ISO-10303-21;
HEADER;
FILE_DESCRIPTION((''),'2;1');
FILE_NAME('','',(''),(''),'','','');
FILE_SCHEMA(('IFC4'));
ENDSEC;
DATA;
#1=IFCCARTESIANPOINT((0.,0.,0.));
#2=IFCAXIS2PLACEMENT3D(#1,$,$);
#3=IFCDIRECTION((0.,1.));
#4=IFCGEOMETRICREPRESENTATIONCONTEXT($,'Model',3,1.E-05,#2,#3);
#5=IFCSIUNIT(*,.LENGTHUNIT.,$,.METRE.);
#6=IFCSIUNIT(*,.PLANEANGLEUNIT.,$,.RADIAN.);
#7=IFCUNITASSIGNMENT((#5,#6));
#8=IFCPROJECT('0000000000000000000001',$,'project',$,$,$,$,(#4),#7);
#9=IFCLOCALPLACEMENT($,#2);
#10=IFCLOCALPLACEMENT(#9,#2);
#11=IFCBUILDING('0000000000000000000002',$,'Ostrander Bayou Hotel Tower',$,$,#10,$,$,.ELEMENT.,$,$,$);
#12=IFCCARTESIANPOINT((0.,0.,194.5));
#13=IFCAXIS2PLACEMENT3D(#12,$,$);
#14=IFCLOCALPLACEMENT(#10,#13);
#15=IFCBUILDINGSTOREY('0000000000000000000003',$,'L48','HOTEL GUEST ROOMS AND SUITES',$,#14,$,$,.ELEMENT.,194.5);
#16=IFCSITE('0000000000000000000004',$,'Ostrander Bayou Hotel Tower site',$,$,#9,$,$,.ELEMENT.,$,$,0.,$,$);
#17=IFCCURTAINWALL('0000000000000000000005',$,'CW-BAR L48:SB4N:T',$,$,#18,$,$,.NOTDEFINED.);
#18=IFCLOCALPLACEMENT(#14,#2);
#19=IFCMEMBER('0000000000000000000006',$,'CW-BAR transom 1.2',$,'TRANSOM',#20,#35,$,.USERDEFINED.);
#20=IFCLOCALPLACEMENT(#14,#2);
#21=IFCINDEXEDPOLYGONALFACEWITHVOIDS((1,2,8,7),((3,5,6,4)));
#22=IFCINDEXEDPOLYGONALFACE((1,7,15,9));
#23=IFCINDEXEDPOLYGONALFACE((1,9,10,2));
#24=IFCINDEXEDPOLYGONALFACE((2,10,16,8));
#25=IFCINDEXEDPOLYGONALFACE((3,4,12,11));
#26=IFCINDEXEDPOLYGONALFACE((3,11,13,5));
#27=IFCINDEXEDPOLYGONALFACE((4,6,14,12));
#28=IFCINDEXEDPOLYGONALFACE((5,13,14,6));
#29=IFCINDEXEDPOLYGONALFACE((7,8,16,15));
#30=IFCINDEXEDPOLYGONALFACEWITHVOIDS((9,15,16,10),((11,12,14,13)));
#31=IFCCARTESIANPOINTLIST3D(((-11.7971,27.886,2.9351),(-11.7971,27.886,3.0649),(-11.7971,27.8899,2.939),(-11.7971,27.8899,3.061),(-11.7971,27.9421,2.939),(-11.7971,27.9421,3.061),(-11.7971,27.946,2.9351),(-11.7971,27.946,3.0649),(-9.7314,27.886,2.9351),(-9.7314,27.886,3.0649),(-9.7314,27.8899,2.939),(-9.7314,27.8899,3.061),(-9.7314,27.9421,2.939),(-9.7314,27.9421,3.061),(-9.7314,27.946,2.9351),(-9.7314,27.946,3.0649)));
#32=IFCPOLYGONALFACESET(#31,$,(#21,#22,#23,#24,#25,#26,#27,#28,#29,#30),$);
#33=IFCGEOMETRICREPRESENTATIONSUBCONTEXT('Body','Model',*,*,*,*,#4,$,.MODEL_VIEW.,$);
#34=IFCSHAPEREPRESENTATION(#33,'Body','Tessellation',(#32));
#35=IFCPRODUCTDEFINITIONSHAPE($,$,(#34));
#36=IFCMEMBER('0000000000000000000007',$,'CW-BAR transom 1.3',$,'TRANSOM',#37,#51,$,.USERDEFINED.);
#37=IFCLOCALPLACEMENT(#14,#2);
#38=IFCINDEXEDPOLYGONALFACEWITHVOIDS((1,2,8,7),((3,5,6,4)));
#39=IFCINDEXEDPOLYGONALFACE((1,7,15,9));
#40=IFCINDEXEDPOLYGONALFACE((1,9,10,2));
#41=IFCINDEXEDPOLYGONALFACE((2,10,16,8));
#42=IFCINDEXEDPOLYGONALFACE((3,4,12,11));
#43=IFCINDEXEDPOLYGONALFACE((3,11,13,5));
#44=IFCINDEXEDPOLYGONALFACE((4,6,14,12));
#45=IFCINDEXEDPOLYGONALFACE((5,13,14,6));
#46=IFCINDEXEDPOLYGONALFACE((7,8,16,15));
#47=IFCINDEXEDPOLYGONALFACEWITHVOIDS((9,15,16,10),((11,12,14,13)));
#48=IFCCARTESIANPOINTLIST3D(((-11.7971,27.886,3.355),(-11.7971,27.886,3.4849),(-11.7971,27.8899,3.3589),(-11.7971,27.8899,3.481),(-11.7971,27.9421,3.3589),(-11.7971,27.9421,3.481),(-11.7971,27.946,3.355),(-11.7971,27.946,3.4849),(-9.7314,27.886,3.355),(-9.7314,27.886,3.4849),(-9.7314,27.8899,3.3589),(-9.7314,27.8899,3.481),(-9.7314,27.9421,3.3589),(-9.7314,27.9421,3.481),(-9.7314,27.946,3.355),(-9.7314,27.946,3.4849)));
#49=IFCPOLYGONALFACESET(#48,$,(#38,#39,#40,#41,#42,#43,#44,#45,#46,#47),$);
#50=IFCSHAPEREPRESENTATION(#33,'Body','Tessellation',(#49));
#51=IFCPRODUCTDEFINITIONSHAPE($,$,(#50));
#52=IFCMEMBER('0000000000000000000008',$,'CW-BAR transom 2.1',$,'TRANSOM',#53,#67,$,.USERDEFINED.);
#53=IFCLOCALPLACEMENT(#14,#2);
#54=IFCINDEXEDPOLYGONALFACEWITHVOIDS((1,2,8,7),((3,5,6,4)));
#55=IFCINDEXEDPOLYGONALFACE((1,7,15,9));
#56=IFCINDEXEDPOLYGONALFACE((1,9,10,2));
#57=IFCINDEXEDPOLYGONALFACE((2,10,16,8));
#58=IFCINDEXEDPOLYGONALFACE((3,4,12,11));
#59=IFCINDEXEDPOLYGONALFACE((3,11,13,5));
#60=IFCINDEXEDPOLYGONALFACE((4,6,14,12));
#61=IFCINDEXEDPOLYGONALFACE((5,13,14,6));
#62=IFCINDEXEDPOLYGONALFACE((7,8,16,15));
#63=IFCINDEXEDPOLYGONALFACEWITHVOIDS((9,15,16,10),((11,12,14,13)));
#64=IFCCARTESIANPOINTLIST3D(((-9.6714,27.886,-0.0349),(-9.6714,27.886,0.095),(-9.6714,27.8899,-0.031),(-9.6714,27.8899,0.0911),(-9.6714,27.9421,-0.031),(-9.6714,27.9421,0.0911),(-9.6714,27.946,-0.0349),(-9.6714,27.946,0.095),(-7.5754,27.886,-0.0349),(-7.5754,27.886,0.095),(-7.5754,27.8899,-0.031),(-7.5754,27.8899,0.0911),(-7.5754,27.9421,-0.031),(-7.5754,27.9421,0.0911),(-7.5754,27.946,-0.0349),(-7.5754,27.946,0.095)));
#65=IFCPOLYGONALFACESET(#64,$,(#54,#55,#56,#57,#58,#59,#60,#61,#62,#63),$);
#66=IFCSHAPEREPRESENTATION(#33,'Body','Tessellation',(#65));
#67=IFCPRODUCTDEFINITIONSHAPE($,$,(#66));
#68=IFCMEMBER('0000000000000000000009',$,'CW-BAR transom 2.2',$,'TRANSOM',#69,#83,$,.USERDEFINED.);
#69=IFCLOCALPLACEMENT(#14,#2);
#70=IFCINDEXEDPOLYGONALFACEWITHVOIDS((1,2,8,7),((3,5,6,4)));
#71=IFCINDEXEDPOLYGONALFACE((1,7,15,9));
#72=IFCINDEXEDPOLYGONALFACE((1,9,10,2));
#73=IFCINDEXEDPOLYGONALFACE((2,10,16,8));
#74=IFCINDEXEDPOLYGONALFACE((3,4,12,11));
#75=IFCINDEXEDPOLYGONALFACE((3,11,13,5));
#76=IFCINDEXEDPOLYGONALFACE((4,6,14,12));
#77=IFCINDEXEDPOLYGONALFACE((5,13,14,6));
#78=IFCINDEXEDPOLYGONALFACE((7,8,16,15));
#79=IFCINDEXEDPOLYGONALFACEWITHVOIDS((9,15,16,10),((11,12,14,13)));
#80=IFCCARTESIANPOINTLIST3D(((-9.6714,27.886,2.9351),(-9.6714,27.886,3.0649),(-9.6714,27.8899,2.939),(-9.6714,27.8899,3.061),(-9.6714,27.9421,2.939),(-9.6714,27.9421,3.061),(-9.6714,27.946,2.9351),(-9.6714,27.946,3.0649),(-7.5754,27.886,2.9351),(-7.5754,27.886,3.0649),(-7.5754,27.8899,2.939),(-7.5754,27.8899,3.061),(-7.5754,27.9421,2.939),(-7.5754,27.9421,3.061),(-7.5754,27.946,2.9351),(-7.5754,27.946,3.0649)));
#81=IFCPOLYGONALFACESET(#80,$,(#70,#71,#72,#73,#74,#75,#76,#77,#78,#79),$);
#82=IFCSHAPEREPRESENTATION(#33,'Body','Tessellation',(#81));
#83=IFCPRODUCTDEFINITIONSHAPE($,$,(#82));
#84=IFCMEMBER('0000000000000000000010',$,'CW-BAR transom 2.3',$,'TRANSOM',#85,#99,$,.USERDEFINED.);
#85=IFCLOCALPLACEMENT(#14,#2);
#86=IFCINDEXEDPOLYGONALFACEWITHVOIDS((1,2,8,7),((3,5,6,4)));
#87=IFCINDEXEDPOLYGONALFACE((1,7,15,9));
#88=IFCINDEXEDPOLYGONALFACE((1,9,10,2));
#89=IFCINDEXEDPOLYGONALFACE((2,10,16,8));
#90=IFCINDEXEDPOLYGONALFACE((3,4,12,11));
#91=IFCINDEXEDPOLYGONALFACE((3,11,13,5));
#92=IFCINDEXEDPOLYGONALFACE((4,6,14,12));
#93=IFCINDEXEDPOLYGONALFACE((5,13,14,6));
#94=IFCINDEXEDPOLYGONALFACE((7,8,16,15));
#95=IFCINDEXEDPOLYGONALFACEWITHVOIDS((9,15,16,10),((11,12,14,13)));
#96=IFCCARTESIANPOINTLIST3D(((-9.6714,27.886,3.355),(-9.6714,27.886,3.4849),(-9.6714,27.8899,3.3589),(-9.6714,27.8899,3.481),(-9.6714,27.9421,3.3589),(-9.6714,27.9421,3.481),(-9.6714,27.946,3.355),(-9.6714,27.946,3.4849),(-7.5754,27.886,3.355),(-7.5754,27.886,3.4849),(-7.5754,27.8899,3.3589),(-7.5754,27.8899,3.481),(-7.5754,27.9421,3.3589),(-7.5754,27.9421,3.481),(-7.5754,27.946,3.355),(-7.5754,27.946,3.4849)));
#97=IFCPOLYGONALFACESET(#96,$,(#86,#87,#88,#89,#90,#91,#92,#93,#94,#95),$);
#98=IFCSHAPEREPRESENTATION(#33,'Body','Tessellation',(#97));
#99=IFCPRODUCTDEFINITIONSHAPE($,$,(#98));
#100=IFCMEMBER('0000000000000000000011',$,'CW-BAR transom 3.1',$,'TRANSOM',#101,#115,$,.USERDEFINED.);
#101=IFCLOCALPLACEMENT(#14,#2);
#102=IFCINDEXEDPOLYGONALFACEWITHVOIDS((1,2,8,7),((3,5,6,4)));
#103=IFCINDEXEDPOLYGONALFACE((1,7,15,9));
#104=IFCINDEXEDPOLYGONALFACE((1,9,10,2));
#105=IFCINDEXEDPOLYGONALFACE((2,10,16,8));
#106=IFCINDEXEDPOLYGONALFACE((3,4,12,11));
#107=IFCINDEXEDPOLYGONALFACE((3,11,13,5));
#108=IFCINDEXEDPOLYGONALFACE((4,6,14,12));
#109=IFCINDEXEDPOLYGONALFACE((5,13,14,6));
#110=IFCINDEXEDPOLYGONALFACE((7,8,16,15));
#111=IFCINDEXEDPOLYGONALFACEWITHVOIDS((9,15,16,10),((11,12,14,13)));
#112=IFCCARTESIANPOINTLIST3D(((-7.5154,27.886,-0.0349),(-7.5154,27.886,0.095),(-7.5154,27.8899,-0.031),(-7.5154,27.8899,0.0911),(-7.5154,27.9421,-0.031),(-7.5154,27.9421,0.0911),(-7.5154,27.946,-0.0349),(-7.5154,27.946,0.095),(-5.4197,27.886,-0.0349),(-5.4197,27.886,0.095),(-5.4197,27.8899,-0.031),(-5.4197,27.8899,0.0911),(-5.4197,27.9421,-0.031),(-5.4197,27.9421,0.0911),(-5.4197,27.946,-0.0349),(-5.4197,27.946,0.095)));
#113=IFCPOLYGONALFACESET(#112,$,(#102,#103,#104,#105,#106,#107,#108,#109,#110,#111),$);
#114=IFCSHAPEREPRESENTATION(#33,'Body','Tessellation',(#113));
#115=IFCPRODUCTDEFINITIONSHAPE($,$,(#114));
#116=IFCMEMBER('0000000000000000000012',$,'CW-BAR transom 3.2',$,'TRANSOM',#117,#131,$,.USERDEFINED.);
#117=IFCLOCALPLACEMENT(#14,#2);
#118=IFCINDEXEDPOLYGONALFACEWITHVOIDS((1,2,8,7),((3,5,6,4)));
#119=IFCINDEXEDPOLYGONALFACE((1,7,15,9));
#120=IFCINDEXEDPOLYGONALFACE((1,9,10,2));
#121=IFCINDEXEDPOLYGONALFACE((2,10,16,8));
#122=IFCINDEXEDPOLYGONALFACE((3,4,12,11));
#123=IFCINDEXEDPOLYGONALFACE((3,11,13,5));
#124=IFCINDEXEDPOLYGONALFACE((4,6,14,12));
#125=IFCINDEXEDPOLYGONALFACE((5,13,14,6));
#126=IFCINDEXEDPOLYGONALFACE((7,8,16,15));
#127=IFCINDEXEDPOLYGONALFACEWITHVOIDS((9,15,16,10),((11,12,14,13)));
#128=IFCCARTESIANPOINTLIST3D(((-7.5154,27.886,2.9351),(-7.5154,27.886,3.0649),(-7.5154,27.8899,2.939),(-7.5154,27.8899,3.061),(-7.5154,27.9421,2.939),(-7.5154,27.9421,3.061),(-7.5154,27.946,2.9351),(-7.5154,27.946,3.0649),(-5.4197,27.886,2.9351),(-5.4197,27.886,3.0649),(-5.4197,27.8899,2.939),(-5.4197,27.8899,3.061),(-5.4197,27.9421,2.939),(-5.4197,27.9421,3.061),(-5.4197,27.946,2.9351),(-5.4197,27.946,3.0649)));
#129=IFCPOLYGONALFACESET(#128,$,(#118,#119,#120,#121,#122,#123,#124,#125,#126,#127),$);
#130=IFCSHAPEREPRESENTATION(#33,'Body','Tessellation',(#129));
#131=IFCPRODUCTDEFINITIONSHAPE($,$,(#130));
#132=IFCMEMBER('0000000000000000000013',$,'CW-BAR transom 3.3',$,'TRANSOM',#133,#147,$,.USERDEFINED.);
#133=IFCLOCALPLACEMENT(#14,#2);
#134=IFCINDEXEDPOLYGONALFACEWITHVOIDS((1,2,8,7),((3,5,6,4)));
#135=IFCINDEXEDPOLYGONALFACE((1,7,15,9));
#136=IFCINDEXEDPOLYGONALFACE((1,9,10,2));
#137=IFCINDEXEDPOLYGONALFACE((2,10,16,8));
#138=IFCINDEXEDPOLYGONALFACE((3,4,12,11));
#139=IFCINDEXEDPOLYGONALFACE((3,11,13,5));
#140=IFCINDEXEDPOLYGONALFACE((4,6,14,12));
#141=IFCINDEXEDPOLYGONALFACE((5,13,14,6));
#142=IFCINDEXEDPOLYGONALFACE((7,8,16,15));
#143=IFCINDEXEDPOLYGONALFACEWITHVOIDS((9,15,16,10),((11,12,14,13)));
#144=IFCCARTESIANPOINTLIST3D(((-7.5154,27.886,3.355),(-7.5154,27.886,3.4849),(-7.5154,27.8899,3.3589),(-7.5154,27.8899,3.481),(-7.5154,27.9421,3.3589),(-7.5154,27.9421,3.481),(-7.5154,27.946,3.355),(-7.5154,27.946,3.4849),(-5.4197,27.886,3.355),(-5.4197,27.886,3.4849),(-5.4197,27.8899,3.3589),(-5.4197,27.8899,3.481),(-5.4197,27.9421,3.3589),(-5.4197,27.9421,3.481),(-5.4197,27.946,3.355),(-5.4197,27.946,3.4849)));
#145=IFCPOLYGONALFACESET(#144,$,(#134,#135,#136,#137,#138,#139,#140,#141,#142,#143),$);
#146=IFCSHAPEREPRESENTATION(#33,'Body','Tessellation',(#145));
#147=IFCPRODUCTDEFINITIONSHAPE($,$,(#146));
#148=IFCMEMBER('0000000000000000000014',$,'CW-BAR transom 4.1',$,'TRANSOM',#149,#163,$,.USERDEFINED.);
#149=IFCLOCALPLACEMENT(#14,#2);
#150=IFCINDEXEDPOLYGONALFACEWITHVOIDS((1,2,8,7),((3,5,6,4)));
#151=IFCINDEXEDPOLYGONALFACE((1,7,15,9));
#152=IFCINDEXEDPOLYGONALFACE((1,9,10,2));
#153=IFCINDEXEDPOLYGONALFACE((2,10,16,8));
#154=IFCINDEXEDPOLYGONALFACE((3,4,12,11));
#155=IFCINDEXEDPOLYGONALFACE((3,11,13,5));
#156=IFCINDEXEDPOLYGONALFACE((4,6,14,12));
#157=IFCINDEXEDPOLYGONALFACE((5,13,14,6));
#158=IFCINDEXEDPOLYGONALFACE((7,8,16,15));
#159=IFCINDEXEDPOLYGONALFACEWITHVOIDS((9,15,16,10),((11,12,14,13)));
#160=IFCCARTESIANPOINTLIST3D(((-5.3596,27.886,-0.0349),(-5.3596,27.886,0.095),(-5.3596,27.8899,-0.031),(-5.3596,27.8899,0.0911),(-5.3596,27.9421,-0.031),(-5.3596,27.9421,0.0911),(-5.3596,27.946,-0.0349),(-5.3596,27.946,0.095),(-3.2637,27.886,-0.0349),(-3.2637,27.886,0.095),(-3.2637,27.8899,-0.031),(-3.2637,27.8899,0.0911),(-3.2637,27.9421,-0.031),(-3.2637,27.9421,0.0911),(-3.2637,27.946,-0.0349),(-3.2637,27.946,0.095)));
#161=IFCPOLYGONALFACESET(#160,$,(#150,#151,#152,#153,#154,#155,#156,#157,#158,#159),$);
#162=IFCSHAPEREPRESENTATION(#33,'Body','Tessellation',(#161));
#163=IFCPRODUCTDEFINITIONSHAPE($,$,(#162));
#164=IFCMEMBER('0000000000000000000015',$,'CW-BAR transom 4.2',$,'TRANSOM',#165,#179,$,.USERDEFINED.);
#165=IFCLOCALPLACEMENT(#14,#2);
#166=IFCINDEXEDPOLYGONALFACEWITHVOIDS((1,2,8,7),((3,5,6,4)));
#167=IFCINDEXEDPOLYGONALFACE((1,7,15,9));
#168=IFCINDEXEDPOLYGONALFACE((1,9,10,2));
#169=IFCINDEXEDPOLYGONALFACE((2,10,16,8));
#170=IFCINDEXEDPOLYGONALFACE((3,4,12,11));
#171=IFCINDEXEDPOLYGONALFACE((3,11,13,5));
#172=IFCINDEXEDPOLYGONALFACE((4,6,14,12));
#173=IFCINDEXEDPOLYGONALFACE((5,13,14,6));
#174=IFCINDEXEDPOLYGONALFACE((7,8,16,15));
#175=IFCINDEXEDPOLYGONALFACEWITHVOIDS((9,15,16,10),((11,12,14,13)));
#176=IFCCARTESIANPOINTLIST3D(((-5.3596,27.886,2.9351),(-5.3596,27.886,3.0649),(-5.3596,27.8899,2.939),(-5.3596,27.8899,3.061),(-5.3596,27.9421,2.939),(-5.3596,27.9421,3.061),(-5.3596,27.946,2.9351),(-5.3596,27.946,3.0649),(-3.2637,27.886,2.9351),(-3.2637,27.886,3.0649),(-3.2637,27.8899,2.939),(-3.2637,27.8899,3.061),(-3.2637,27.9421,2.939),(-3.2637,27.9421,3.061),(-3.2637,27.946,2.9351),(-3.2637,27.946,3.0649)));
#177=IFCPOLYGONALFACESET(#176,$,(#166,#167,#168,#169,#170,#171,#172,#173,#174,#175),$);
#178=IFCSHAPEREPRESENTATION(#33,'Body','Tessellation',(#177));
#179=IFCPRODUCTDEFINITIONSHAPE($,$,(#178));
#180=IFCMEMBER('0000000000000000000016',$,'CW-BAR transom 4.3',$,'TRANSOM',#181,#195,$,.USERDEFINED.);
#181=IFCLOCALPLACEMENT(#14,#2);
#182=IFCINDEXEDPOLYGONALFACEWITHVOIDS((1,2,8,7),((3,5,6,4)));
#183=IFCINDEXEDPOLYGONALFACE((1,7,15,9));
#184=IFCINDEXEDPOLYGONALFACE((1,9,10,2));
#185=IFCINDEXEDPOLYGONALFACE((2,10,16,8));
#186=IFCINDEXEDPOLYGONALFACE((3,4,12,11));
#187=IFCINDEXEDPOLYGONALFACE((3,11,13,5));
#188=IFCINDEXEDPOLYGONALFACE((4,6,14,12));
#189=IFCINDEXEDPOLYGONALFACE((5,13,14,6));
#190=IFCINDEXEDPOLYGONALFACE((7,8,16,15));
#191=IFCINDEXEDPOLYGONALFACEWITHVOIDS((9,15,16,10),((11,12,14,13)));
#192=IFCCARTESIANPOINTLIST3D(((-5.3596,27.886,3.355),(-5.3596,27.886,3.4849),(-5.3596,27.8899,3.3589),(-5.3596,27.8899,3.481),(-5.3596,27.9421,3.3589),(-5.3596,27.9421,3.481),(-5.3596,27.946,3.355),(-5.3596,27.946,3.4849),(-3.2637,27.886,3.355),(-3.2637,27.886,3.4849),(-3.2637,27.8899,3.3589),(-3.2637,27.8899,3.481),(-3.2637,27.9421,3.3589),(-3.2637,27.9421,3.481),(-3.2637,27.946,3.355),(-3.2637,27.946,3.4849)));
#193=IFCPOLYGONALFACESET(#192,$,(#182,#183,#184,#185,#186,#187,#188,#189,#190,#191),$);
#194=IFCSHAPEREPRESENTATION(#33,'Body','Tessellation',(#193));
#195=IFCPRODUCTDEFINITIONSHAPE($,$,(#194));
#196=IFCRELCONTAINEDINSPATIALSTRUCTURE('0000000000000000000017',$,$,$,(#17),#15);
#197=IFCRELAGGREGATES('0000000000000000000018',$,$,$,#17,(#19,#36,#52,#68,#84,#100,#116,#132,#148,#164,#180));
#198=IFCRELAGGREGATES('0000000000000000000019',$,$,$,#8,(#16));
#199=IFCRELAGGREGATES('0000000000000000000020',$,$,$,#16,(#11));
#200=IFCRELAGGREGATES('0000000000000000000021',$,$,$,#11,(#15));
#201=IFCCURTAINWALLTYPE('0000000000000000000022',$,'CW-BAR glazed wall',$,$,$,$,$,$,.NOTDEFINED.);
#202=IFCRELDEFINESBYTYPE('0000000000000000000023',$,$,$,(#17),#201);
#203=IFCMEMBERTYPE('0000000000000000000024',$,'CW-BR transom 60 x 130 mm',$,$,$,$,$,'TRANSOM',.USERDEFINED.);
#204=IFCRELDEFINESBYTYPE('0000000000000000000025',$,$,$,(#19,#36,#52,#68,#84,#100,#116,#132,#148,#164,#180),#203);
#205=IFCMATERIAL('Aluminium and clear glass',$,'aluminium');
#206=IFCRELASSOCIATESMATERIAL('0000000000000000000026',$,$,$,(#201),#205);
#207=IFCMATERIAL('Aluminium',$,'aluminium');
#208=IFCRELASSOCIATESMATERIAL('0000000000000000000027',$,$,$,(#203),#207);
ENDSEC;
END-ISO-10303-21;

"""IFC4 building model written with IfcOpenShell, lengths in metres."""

from ifc_helpers import new_model, si_unit, direction, frame, origin, origin_2d, place, context, subcontext, project, spatial, hollow_rectangle, extrude, material, material_profile, profile_set, type_object, element, aggregate, save


model = new_model("IFC4")

# Units and contexts
model_context = context("Model", 3, precision=1e-05, world=origin(), true_north=direction((0.0, 1.0)))
body_context = subcontext(model_context, "Body", "Model", "MODEL_VIEW")
ifc_project = project(units=[si_unit("LENGTHUNIT", "METRE"), si_unit("PLANEANGLEUNIT", "RADIAN")], contexts=[model_context])

# Site, building, storey
site_placement = place(None, origin())
site = spatial("IfcSite", under=ifc_project, at=site_placement, Name="Ostrander Bayou Hotel Tower site", CompositionType="ELEMENT", RefElevation=0.0)
building_placement = place(site_placement, origin())
building = spatial("IfcBuilding", under=site, at=building_placement, Name="Ostrander Bayou Hotel Tower", CompositionType="ELEMENT")
storey_placement = place(building_placement, frame((0.0, 0.0, 194.5)))
storey = spatial("IfcBuildingStorey", under=building, at=storey_placement, Name="L48", Description="HOTEL GUEST ROOMS AND SUITES", CompositionType="ELEMENT", Elevation=194.5)

# Curtain wall, members
ifc_material_1 = material(Name="Aluminium and clear glass", Category="aluminium")
curtain_wall_type = type_object("IfcCurtainWallType", Name="CW-BAR glazed wall", PredefinedType="NOTDEFINED", material=ifc_material_1)
curtain_wall_placement = place(storey_placement, origin())
curtain_wall = element("IfcCurtainWall", 1, at=curtain_wall_placement, inside=storey, type_object=curtain_wall_type, Name="CW-BAR L48:SB4N:T", PredefinedType="NOTDEFINED")
ifc_material_2 = material(Name="Aluminium", Category="aluminium")
ifc_material_profile_1 = material_profile(ifc_material_2, hollow_rectangle(XDim=0.0601, YDim=0.1299, WallThickness=0.0039, at=origin_2d()))
ifc_profile_set_1 = profile_set([ifc_material_profile_1], Name="Aluminium")
member_type_1 = type_object("IfcMemberType", Name="CW-BR transom 60 x 130 mm", ElementType="TRANSOM", PredefinedType="USERDEFINED", material=ifc_profile_set_1)
member_1_placement = place(storey_placement, frame((-11.7971, 27.916, 3.0), z_axis=(1.0, 0.0, 0.0), x_axis=(0.0, 1.0, 0.0)))
member_1 = element("IfcMember", 2, at=member_1_placement, type_object=member_type_1, Name="CW-BAR transom 1.2", ObjectType="TRANSOM", PredefinedType="USERDEFINED", context=body_context, shape_type="SweptSolid", body=[
    extrude(hollow_rectangle(XDim=0.0601, YDim=0.1299, WallThickness=0.0039, at=origin_2d()), origin(), (0.0, 0.0, 1.0), 2.0657),
])
member_2_placement = place(storey_placement, frame((-11.7971, 27.916, 3.4199), z_axis=(1.0, 0.0, 0.0), x_axis=(0.0, 1.0, 0.0)))
member_2 = element("IfcMember", 3, at=member_2_placement, type_object=member_type_1, Name="CW-BAR transom 1.3", ObjectType="TRANSOM", PredefinedType="USERDEFINED", context=body_context, shape_type="SweptSolid", body=[
    extrude(hollow_rectangle(XDim=0.0601, YDim=0.1299, WallThickness=0.0039, at=origin_2d()), origin(), (0.0, 0.0, 1.0), 2.0657),
])
member_3_placement = place(storey_placement, frame((-9.6714, 27.916, 0.03), z_axis=(1.0, 0.0, 0.0), x_axis=(0.0, 1.0, 0.0)))
member_3 = element("IfcMember", 4, at=member_3_placement, type_object=member_type_1, Name="CW-BAR transom 2.1", ObjectType="TRANSOM", PredefinedType="USERDEFINED", context=body_context, shape_type="SweptSolid", body=[
    extrude(hollow_rectangle(XDim=0.0601, YDim=0.1299, WallThickness=0.0039, at=origin_2d()), origin(), (0.0, 0.0, 1.0), 2.0959),
])
member_4_placement = place(storey_placement, frame((-9.6714, 27.916, 3.0), z_axis=(1.0, 0.0, 0.0), x_axis=(0.0, 1.0, 0.0)))
member_4 = element("IfcMember", 5, at=member_4_placement, type_object=member_type_1, Name="CW-BAR transom 2.2", ObjectType="TRANSOM", PredefinedType="USERDEFINED", context=body_context, shape_type="SweptSolid", body=[
    extrude(hollow_rectangle(XDim=0.0601, YDim=0.1299, WallThickness=0.0039, at=origin_2d()), origin(), (0.0, 0.0, 1.0), 2.0959),
])
member_5_placement = place(storey_placement, frame((-9.6714, 27.916, 3.4199), z_axis=(1.0, 0.0, 0.0), x_axis=(0.0, 1.0, 0.0)))
member_5 = element("IfcMember", 6, at=member_5_placement, type_object=member_type_1, Name="CW-BAR transom 2.3", ObjectType="TRANSOM", PredefinedType="USERDEFINED", context=body_context, shape_type="SweptSolid", body=[
    extrude(hollow_rectangle(XDim=0.0601, YDim=0.1299, WallThickness=0.0039, at=origin_2d()), origin(), (0.0, 0.0, 1.0), 2.0959),
])
member_6_placement = place(storey_placement, frame((-7.5154, 27.916, 0.03), z_axis=(1.0, 0.0, 0.0), x_axis=(0.0, 1.0, 0.0)))
member_6 = element("IfcMember", 7, at=member_6_placement, type_object=member_type_1, Name="CW-BAR transom 3.1", ObjectType="TRANSOM", PredefinedType="USERDEFINED", context=body_context, shape_type="SweptSolid", body=[
    extrude(hollow_rectangle(XDim=0.0601, YDim=0.1299, WallThickness=0.0039, at=origin_2d()), origin(), (0.0, 0.0, 1.0), 2.0957),
])
member_7_placement = place(storey_placement, frame((-7.5154, 27.916, 3.0), z_axis=(1.0, 0.0, 0.0), x_axis=(0.0, 1.0, 0.0)))
member_7 = element("IfcMember", 8, at=member_7_placement, type_object=member_type_1, Name="CW-BAR transom 3.2", ObjectType="TRANSOM", PredefinedType="USERDEFINED", context=body_context, shape_type="SweptSolid", body=[
    extrude(hollow_rectangle(XDim=0.0601, YDim=0.1299, WallThickness=0.0039, at=origin_2d()), origin(), (0.0, 0.0, 1.0), 2.0957),
])
member_8_placement = place(storey_placement, frame((-7.5154, 27.916, 3.4199), z_axis=(1.0, 0.0, 0.0), x_axis=(0.0, 1.0, 0.0)))
member_8 = element("IfcMember", 9, at=member_8_placement, type_object=member_type_1, Name="CW-BAR transom 3.3", ObjectType="TRANSOM", PredefinedType="USERDEFINED", context=body_context, shape_type="SweptSolid", body=[
    extrude(hollow_rectangle(XDim=0.0601, YDim=0.1299, WallThickness=0.0039, at=origin_2d()), origin(), (0.0, 0.0, 1.0), 2.0957),
])
member_9_placement = place(storey_placement, frame((-5.3596, 27.916, 0.03), z_axis=(1.0, 0.0, 0.0), x_axis=(0.0, 1.0, 0.0)))
member_9 = element("IfcMember", 10, at=member_9_placement, type_object=member_type_1, Name="CW-BAR transom 4.1", ObjectType="TRANSOM", PredefinedType="USERDEFINED", context=body_context, shape_type="SweptSolid", body=[
    extrude(hollow_rectangle(XDim=0.0601, YDim=0.1299, WallThickness=0.0039, at=origin_2d()), origin(), (0.0, 0.0, 1.0), 2.0959),
])
member_10_placement = place(storey_placement, frame((-5.3596, 27.916, 3.0), z_axis=(1.0, 0.0, 0.0), x_axis=(0.0, 1.0, 0.0)))
member_10 = element("IfcMember", 11, at=member_10_placement, type_object=member_type_1, Name="CW-BAR transom 4.2", ObjectType="TRANSOM", PredefinedType="USERDEFINED", context=body_context, shape_type="SweptSolid", body=[
    extrude(hollow_rectangle(XDim=0.0601, YDim=0.1299, WallThickness=0.0039, at=origin_2d()), origin(), (0.0, 0.0, 1.0), 2.0959),
])
member_11_placement = place(storey_placement, frame((-5.3596, 27.916, 3.4199), z_axis=(1.0, 0.0, 0.0), x_axis=(0.0, 1.0, 0.0)))
member_11 = element("IfcMember", 12, at=member_11_placement, type_object=member_type_1, Name="CW-BAR transom 4.3", ObjectType="TRANSOM", PredefinedType="USERDEFINED", context=body_context, shape_type="SweptSolid", body=[
    extrude(hollow_rectangle(XDim=0.0601, YDim=0.1299, WallThickness=0.0039, at=origin_2d()), origin(), (0.0, 0.0, 1.0), 2.0959),
])
aggregate(curtain_wall, [member_1, member_2, member_3, member_4, member_5, member_6, member_7, member_8, member_9, member_10, member_11])

save(model, "model.ifc")
